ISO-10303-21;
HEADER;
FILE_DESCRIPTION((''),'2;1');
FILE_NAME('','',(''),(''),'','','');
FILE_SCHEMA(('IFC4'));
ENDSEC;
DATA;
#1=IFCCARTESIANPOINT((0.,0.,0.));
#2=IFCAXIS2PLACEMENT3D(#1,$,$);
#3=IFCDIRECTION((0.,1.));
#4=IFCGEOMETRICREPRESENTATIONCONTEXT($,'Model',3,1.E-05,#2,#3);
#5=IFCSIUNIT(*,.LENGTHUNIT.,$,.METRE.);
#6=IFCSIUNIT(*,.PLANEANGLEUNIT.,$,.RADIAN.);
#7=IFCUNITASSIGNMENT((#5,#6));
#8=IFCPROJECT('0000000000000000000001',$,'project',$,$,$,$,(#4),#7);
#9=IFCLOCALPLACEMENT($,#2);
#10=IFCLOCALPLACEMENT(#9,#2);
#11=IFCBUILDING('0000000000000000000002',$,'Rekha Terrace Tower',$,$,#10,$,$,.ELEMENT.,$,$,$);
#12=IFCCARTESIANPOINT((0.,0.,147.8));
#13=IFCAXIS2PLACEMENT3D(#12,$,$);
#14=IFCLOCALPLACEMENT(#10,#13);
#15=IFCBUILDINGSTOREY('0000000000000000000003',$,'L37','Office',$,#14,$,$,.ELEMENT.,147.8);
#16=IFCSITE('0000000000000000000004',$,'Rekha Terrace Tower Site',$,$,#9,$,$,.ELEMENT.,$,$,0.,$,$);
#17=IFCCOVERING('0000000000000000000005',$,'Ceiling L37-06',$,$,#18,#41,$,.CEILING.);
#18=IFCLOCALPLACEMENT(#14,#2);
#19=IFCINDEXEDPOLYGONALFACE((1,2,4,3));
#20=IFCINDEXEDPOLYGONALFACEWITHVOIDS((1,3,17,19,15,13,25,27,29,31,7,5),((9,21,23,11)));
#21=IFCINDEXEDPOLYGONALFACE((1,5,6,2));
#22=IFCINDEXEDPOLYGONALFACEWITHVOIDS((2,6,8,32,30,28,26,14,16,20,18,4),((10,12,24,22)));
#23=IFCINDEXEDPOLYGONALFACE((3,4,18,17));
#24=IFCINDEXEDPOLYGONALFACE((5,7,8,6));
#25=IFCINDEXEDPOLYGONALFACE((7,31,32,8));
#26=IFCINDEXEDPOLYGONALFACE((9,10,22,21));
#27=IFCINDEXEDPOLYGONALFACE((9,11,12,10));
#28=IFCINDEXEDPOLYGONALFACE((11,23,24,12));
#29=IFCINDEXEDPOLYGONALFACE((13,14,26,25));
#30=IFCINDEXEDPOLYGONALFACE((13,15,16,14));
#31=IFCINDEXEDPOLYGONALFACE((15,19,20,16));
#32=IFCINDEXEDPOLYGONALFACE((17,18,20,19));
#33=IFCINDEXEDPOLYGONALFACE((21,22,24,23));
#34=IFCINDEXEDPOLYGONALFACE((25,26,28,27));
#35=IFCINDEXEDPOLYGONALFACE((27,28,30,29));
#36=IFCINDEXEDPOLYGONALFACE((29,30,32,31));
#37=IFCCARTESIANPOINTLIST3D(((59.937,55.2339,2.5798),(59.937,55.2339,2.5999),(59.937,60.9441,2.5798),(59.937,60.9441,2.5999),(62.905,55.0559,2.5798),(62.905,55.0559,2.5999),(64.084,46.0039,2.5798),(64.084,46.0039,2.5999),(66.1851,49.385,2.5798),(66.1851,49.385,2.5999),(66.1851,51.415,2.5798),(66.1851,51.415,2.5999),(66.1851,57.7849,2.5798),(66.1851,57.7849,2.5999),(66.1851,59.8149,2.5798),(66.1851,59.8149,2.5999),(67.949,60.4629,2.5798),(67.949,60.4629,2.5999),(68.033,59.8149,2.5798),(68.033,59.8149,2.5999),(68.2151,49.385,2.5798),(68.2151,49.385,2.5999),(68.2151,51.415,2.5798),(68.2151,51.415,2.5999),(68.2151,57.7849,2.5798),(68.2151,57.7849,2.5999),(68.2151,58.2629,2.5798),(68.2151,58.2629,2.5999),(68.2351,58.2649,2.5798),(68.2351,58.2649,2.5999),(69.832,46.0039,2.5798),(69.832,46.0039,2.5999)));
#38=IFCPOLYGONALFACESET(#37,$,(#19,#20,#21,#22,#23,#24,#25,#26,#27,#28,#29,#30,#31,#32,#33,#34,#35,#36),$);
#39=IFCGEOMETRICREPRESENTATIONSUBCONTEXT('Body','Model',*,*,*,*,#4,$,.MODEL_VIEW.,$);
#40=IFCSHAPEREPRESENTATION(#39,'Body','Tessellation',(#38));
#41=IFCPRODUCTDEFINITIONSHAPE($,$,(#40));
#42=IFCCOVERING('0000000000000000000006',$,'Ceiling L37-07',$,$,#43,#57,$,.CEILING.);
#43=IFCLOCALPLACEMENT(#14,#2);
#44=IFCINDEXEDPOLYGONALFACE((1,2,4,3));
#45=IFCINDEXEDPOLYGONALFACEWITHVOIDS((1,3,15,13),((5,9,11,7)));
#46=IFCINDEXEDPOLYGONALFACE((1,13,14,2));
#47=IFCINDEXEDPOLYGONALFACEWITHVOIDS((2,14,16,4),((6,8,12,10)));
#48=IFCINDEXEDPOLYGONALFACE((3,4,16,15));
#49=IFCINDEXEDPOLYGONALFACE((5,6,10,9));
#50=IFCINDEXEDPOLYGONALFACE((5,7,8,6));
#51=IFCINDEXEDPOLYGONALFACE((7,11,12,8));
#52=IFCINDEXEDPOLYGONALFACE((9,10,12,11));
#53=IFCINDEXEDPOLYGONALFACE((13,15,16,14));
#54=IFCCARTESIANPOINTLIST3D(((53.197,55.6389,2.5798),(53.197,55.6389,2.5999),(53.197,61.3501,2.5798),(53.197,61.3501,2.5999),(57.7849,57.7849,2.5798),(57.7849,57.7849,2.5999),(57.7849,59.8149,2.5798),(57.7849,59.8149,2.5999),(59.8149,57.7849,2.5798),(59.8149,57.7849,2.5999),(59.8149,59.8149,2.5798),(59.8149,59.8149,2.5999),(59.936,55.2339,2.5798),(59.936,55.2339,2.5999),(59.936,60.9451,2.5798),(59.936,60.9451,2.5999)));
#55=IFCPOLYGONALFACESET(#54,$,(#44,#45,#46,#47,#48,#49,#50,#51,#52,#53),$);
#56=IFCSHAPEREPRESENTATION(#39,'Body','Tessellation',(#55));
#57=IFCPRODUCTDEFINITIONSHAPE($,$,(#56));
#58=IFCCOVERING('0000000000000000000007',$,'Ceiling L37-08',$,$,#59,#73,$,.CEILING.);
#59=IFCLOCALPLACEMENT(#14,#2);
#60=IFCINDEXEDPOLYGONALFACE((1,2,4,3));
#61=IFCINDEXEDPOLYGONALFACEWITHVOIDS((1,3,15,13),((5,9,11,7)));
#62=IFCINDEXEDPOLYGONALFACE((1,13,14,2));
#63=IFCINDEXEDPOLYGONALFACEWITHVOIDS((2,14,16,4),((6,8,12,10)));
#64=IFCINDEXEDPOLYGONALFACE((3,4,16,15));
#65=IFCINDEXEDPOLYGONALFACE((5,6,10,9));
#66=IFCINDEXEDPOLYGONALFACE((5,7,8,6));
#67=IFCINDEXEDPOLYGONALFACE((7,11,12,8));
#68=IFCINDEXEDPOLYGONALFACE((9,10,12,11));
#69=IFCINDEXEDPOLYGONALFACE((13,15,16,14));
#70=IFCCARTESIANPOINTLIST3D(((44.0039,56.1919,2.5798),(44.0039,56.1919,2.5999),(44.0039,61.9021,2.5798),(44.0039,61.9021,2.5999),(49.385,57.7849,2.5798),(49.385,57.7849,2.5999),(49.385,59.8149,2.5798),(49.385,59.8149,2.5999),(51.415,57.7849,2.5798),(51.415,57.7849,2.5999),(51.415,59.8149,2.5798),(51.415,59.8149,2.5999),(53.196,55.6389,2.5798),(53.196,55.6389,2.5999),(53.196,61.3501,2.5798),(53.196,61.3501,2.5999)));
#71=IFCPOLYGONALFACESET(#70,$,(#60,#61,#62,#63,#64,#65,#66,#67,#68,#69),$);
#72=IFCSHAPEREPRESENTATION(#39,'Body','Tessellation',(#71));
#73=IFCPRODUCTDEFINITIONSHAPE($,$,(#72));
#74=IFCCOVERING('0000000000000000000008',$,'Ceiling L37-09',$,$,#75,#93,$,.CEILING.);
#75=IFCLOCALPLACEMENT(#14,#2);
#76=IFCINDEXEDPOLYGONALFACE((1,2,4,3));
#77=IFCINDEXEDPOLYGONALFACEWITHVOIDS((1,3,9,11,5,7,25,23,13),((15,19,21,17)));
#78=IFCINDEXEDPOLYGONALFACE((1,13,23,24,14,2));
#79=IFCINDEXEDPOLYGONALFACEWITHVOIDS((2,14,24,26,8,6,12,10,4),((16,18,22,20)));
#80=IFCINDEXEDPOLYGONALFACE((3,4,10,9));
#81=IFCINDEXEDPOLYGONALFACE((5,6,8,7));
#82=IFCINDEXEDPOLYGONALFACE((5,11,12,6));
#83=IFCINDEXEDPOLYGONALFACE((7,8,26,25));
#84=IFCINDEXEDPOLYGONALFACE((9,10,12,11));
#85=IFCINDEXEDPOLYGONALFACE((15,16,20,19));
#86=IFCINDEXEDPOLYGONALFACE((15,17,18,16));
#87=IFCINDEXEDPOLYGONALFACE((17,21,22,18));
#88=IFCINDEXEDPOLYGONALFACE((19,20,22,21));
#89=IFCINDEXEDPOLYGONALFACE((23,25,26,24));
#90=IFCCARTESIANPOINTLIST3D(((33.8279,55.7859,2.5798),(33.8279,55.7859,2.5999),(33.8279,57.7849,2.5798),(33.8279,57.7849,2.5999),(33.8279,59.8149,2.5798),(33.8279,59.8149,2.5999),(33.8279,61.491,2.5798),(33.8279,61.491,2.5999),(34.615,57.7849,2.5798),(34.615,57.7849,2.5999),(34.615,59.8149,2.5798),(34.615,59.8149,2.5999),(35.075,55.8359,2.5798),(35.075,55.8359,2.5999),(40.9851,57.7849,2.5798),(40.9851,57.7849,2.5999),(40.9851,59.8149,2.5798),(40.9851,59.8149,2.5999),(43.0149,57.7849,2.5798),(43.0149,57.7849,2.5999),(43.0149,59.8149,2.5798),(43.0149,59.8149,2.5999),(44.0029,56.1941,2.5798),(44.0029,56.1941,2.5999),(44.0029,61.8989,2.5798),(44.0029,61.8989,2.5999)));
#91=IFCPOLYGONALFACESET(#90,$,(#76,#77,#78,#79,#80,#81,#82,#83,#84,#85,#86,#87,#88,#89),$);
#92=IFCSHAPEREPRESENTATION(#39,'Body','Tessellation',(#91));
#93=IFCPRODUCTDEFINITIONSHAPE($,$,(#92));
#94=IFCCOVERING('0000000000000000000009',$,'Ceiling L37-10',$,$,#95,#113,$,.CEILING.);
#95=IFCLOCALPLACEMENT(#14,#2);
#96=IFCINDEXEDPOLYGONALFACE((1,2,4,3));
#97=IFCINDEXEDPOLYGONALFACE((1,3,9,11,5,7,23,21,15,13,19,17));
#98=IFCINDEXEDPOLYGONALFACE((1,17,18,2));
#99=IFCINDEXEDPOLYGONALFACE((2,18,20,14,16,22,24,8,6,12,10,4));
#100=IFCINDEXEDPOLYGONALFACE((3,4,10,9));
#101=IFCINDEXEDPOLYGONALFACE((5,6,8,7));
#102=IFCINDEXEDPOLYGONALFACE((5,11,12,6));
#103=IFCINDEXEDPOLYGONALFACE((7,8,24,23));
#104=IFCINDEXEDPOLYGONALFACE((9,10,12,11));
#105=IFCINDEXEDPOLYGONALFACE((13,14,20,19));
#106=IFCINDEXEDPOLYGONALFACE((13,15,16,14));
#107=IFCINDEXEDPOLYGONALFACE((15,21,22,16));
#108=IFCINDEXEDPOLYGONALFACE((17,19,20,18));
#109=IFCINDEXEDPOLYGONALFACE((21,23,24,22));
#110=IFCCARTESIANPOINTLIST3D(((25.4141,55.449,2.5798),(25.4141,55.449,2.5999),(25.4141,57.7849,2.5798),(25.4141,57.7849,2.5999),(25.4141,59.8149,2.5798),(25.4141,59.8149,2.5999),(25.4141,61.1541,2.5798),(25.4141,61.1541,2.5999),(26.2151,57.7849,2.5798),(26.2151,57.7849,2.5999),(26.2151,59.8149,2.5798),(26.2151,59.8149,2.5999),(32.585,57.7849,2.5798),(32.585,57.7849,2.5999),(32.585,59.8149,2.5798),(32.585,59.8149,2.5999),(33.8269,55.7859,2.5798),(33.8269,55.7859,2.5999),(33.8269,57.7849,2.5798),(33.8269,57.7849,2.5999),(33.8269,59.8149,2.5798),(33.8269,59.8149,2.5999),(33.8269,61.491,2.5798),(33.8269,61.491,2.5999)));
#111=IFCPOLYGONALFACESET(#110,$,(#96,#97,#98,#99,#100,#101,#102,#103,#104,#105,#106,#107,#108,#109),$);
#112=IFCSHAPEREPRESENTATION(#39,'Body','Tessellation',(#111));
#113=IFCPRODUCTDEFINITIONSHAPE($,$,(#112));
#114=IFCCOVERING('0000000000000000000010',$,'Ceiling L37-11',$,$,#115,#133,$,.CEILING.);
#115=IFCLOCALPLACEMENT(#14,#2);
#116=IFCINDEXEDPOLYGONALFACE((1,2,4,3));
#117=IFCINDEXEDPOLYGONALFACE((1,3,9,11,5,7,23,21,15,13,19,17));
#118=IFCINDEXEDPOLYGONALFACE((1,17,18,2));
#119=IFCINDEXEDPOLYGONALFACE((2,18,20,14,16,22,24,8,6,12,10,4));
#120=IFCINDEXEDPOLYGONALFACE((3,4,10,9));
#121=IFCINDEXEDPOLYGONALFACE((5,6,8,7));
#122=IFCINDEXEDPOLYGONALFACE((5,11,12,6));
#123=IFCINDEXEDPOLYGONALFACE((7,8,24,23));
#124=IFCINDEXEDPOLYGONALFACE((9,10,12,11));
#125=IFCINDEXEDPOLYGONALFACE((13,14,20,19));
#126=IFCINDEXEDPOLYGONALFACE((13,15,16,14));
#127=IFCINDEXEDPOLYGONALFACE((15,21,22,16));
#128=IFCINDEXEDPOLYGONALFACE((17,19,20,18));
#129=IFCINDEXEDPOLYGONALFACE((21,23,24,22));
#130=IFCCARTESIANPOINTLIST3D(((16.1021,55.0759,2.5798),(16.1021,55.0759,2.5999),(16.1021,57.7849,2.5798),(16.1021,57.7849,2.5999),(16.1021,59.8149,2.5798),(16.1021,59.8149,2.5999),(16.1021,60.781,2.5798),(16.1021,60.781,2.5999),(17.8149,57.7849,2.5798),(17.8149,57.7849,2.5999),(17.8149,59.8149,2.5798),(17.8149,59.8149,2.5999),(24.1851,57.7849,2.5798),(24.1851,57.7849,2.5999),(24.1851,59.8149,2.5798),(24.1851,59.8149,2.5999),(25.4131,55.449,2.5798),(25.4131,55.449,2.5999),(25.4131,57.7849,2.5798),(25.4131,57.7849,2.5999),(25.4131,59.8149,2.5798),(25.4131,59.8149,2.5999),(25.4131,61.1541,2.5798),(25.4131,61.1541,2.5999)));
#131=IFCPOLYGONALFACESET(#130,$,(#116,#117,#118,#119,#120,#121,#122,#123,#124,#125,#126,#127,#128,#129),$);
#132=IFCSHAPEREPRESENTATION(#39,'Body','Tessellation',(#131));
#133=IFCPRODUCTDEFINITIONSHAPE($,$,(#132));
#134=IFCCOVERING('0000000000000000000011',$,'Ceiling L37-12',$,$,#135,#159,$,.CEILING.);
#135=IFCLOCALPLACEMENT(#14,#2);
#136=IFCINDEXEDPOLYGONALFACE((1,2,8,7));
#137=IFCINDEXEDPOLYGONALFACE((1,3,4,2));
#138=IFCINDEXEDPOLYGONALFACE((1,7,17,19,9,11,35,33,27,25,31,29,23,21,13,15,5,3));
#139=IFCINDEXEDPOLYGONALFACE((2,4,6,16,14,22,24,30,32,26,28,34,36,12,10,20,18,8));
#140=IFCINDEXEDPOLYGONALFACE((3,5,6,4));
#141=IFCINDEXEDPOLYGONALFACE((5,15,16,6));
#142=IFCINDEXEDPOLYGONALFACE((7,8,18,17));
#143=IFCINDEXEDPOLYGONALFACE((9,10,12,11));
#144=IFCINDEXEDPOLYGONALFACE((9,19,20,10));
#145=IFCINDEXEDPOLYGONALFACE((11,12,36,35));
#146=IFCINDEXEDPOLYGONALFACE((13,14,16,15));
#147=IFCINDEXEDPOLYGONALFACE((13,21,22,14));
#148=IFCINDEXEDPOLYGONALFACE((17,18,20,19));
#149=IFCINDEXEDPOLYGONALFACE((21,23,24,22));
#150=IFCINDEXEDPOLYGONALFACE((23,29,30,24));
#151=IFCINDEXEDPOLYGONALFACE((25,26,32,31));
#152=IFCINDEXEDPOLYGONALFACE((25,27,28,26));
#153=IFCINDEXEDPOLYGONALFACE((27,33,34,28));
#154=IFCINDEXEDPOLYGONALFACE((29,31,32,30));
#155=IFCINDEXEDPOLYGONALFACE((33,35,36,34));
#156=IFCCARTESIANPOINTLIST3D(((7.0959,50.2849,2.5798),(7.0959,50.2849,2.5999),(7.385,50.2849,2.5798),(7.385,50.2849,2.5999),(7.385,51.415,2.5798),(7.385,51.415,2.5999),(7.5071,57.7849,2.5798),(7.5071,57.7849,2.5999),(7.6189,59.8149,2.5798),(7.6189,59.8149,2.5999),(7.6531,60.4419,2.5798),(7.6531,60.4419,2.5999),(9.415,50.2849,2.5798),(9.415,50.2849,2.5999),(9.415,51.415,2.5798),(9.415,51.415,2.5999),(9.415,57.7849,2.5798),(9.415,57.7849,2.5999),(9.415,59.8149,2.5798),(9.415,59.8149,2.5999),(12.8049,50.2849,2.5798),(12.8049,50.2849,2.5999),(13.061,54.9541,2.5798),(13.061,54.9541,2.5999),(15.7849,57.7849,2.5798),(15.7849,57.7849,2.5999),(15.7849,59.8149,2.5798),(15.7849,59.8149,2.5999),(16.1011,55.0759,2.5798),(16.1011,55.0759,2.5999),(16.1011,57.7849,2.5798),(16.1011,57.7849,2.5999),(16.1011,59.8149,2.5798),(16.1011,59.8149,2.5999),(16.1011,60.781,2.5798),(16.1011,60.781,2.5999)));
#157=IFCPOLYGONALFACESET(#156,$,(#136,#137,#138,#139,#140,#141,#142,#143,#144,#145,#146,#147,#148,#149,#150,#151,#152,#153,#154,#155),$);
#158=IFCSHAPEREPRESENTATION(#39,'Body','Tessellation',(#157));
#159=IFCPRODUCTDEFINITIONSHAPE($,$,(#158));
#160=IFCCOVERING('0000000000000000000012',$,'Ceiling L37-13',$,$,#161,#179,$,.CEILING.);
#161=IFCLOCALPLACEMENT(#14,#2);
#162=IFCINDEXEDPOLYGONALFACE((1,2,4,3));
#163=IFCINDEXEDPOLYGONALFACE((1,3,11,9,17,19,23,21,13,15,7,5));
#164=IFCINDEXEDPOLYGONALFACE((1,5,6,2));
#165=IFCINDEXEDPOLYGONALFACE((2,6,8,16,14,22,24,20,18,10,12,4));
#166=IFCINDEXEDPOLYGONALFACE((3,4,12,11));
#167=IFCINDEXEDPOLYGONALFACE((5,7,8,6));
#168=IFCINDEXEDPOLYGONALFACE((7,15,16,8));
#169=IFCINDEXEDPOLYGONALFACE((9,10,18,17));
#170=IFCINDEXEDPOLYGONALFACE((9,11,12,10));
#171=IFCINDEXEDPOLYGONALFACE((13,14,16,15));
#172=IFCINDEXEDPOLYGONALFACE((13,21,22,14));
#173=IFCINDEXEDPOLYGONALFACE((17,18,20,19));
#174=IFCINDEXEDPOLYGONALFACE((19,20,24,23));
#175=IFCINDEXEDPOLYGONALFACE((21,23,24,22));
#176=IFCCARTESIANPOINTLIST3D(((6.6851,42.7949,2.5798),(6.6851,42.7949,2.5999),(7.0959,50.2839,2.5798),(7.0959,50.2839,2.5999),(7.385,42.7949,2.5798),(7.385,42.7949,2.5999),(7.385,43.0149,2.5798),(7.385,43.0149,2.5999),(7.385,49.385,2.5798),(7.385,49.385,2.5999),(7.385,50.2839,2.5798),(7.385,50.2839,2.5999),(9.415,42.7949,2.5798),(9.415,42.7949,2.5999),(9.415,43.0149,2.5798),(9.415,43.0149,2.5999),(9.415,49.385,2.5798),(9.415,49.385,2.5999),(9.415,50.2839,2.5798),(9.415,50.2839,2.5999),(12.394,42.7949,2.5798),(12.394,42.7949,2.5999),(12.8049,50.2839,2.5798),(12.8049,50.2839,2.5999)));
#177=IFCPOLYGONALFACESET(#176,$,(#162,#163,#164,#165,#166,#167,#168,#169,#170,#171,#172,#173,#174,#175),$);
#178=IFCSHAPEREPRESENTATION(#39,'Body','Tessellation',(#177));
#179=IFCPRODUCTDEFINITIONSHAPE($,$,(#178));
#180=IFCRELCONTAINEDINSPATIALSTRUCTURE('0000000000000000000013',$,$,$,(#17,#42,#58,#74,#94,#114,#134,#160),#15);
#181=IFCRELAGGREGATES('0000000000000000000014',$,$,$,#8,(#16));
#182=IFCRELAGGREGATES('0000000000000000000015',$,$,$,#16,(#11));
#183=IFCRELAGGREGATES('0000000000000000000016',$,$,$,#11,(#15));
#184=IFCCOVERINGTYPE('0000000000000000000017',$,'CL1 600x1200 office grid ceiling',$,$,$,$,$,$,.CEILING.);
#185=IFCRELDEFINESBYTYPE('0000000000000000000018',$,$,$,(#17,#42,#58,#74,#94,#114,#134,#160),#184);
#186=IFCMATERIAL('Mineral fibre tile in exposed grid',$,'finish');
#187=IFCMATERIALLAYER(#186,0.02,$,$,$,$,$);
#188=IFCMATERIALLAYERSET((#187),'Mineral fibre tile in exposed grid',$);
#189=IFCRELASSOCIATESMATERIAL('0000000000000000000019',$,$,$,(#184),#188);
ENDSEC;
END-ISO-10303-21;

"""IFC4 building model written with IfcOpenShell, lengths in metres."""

from ifc_helpers import new_model, si_unit, direction, frame, origin, place, context, subcontext, project, spatial, polyline, outline, extrude, material, layer, layer_set, type_object, element, save


model = new_model("IFC4")

# Units and contexts
model_context = context("Model", 3, precision=1e-05, world=origin(), true_north=direction((0.0, 1.0)))
body_context = subcontext(model_context, "Body", "Model", "MODEL_VIEW")
ifc_project = project(units=[si_unit("LENGTHUNIT", "METRE"), si_unit("PLANEANGLEUNIT", "RADIAN")], contexts=[model_context])

# Site, building, storey
site_placement = place(None, origin())
site = spatial("IfcSite", under=ifc_project, at=site_placement, Name="Rekha Terrace Tower Site", CompositionType="ELEMENT", RefElevation=0.0)
building_placement = place(site_placement, origin())
building = spatial("IfcBuilding", under=site, at=building_placement, Name="Rekha Terrace Tower", CompositionType="ELEMENT")
storey_placement = place(building_placement, frame((0.0, 0.0, 147.8)))
storey = spatial("IfcBuildingStorey", under=building, at=storey_placement, Name="L37", Description="Office", CompositionType="ELEMENT", Elevation=147.8)

# Coverings
ifc_material_1 = material(Name="Mineral fibre tile in exposed grid", Category="finish")
ifc_layer_1 = layer(ifc_material_1, 0.02)
ifc_layer_set_1 = layer_set([ifc_layer_1], Name="Mineral fibre tile in exposed grid")
covering_type_1 = type_object("IfcCoveringType", Name="CL1 600x1200 office grid ceiling", PredefinedType="CEILING", material=ifc_layer_set_1)
covering_1_placement = place(storey_placement, frame((0.0, 0.0, 2.5798)))
element("IfcCovering", 1, at=covering_1_placement, inside=storey, type_object=covering_type_1, Name="Ceiling L37-06", PredefinedType="CEILING", context=body_context, shape_type="SweptSolid", body=[
    extrude(outline(polyline([(67.949, 60.4629), (59.937, 60.9441), (59.937, 55.2339), (62.905, 55.0559), (64.084, 46.0039), (69.832, 46.0039), (68.2351, 58.2649), (68.2151, 58.2629), (68.2151, 57.7849), (66.1851, 57.7849), (66.1851, 59.8149), (68.033, 59.8149), (67.949, 60.4629)]), holes=[polyline([(68.2151, 49.385), (66.1851, 49.385), (66.1851, 51.415), (68.2151, 51.415), (68.2151, 49.385)])]), origin(), (0.0, 0.0, 1.0), 0.02),
])
covering_2_placement = place(storey_placement, frame((0.0, 0.0, 2.5798)))
element("IfcCovering", 2, at=covering_2_placement, inside=storey, type_object=covering_type_1, Name="Ceiling L37-07", PredefinedType="CEILING", context=body_context, shape_type="SweptSolid", body=[
    extrude(outline(polyline([(59.936, 55.2339), (59.936, 60.9451), (53.197, 61.3501), (53.197, 55.6389), (59.936, 55.2339)]), holes=[polyline([(59.8149, 57.7849), (57.7849, 57.7849), (57.7849, 59.8149), (59.8149, 59.8149), (59.8149, 57.7849)])]), origin(), (0.0, 0.0, 1.0), 0.02),
])
covering_3_placement = place(storey_placement, frame((0.0, 0.0, 2.5798)))
element("IfcCovering", 3, at=covering_3_placement, inside=storey, type_object=covering_type_1, Name="Ceiling L37-08", PredefinedType="CEILING", context=body_context, shape_type="SweptSolid", body=[
    extrude(outline(polyline([(53.196, 55.6389), (53.196, 61.3501), (44.0039, 61.9021), (44.0039, 56.1919), (53.196, 55.6389)]), holes=[polyline([(51.415, 57.7849), (49.385, 57.7849), (49.385, 59.8149), (51.415, 59.8149), (51.415, 57.7849)])]), origin(), (0.0, 0.0, 1.0), 0.02),
])
covering_4_placement = place(storey_placement, frame((0.0, 0.0, 2.5798)))
element("IfcCovering", 4, at=covering_4_placement, inside=storey, type_object=covering_type_1, Name="Ceiling L37-09", PredefinedType="CEILING", context=body_context, shape_type="SweptSolid", body=[
    extrude(outline(polyline([(33.8279, 57.7849), (33.8279, 55.7859), (35.075, 55.8359), (44.0029, 56.1941), (44.0029, 61.8989), (33.8279, 61.491), (33.8279, 59.8149), (34.615, 59.8149), (34.615, 57.7849), (33.8279, 57.7849)]), holes=[polyline([(43.0149, 57.7849), (40.9851, 57.7849), (40.9851, 59.8149), (43.0149, 59.8149), (43.0149, 57.7849)])]), origin(), (0.0, 0.0, 1.0), 0.02),
])
covering_5_placement = place(storey_placement, frame((0.0, 0.0, 2.5798)))
element("IfcCovering", 5, at=covering_5_placement, inside=storey, type_object=covering_type_1, Name="Ceiling L37-10", PredefinedType="CEILING", context=body_context, shape_type="SweptSolid", body=[
    extrude(outline(polyline([(26.2151, 57.7849), (25.4141, 57.7849), (25.4141, 55.449), (33.8269, 55.7859), (33.8269, 57.7849), (32.585, 57.7849), (32.585, 59.8149), (33.8269, 59.8149), (33.8269, 61.491), (25.4141, 61.1541), (25.4141, 59.8149), (26.2151, 59.8149), (26.2151, 57.7849)])), origin(), (0.0, 0.0, 1.0), 0.02),
])
covering_6_placement = place(storey_placement, frame((0.0, 0.0, 2.5798)))
element("IfcCovering", 6, at=covering_6_placement, inside=storey, type_object=covering_type_1, Name="Ceiling L37-11", PredefinedType="CEILING", context=body_context, shape_type="SweptSolid", body=[
    extrude(outline(polyline([(16.1021, 57.7849), (16.1021, 55.0759), (25.4131, 55.449), (25.4131, 57.7849), (24.1851, 57.7849), (24.1851, 59.8149), (25.4131, 59.8149), (25.4131, 61.1541), (16.1021, 60.781), (16.1021, 59.8149), (17.8149, 59.8149), (17.8149, 57.7849), (16.1021, 57.7849)])), origin(), (0.0, 0.0, 1.0), 0.02),
])
covering_7_placement = place(storey_placement, frame((0.0, 0.0, 2.5798)))
element("IfcCovering", 7, at=covering_7_placement, inside=storey, type_object=covering_type_1, Name="Ceiling L37-12", PredefinedType="CEILING", context=body_context, shape_type="SweptSolid", body=[
    extrude(outline(polyline([(15.7849, 59.8149), (16.1011, 59.8149), (16.1011, 60.781), (7.6531, 60.4419), (7.6189, 59.8149), (9.415, 59.8149), (9.415, 57.7849), (7.5071, 57.7849), (7.0959, 50.2849), (7.385, 50.2849), (7.385, 51.415), (9.415, 51.415), (9.415, 50.2849), (12.8049, 50.2849), (13.061, 54.9541), (16.1011, 55.0759), (16.1011, 57.7849), (15.7849, 57.7849), (15.7849, 59.8149)])), origin(), (0.0, 0.0, 1.0), 0.02),
])
covering_8_placement = place(storey_placement, frame((0.0, 0.0, 2.5798)))
element("IfcCovering", 8, at=covering_8_placement, inside=storey, type_object=covering_type_1, Name="Ceiling L37-13", PredefinedType="CEILING", context=body_context, shape_type="SweptSolid", body=[
    extrude(outline(polyline([(9.415, 42.7949), (12.394, 42.7949), (12.8049, 50.2839), (9.415, 50.2839), (9.415, 49.385), (7.385, 49.385), (7.385, 50.2839), (7.0959, 50.2839), (6.6851, 42.7949), (7.385, 42.7949), (7.385, 43.0149), (9.415, 43.0149), (9.415, 42.7949)])), origin(), (0.0, 0.0, 1.0), 0.02),
])

save(model, "model.ifc")
